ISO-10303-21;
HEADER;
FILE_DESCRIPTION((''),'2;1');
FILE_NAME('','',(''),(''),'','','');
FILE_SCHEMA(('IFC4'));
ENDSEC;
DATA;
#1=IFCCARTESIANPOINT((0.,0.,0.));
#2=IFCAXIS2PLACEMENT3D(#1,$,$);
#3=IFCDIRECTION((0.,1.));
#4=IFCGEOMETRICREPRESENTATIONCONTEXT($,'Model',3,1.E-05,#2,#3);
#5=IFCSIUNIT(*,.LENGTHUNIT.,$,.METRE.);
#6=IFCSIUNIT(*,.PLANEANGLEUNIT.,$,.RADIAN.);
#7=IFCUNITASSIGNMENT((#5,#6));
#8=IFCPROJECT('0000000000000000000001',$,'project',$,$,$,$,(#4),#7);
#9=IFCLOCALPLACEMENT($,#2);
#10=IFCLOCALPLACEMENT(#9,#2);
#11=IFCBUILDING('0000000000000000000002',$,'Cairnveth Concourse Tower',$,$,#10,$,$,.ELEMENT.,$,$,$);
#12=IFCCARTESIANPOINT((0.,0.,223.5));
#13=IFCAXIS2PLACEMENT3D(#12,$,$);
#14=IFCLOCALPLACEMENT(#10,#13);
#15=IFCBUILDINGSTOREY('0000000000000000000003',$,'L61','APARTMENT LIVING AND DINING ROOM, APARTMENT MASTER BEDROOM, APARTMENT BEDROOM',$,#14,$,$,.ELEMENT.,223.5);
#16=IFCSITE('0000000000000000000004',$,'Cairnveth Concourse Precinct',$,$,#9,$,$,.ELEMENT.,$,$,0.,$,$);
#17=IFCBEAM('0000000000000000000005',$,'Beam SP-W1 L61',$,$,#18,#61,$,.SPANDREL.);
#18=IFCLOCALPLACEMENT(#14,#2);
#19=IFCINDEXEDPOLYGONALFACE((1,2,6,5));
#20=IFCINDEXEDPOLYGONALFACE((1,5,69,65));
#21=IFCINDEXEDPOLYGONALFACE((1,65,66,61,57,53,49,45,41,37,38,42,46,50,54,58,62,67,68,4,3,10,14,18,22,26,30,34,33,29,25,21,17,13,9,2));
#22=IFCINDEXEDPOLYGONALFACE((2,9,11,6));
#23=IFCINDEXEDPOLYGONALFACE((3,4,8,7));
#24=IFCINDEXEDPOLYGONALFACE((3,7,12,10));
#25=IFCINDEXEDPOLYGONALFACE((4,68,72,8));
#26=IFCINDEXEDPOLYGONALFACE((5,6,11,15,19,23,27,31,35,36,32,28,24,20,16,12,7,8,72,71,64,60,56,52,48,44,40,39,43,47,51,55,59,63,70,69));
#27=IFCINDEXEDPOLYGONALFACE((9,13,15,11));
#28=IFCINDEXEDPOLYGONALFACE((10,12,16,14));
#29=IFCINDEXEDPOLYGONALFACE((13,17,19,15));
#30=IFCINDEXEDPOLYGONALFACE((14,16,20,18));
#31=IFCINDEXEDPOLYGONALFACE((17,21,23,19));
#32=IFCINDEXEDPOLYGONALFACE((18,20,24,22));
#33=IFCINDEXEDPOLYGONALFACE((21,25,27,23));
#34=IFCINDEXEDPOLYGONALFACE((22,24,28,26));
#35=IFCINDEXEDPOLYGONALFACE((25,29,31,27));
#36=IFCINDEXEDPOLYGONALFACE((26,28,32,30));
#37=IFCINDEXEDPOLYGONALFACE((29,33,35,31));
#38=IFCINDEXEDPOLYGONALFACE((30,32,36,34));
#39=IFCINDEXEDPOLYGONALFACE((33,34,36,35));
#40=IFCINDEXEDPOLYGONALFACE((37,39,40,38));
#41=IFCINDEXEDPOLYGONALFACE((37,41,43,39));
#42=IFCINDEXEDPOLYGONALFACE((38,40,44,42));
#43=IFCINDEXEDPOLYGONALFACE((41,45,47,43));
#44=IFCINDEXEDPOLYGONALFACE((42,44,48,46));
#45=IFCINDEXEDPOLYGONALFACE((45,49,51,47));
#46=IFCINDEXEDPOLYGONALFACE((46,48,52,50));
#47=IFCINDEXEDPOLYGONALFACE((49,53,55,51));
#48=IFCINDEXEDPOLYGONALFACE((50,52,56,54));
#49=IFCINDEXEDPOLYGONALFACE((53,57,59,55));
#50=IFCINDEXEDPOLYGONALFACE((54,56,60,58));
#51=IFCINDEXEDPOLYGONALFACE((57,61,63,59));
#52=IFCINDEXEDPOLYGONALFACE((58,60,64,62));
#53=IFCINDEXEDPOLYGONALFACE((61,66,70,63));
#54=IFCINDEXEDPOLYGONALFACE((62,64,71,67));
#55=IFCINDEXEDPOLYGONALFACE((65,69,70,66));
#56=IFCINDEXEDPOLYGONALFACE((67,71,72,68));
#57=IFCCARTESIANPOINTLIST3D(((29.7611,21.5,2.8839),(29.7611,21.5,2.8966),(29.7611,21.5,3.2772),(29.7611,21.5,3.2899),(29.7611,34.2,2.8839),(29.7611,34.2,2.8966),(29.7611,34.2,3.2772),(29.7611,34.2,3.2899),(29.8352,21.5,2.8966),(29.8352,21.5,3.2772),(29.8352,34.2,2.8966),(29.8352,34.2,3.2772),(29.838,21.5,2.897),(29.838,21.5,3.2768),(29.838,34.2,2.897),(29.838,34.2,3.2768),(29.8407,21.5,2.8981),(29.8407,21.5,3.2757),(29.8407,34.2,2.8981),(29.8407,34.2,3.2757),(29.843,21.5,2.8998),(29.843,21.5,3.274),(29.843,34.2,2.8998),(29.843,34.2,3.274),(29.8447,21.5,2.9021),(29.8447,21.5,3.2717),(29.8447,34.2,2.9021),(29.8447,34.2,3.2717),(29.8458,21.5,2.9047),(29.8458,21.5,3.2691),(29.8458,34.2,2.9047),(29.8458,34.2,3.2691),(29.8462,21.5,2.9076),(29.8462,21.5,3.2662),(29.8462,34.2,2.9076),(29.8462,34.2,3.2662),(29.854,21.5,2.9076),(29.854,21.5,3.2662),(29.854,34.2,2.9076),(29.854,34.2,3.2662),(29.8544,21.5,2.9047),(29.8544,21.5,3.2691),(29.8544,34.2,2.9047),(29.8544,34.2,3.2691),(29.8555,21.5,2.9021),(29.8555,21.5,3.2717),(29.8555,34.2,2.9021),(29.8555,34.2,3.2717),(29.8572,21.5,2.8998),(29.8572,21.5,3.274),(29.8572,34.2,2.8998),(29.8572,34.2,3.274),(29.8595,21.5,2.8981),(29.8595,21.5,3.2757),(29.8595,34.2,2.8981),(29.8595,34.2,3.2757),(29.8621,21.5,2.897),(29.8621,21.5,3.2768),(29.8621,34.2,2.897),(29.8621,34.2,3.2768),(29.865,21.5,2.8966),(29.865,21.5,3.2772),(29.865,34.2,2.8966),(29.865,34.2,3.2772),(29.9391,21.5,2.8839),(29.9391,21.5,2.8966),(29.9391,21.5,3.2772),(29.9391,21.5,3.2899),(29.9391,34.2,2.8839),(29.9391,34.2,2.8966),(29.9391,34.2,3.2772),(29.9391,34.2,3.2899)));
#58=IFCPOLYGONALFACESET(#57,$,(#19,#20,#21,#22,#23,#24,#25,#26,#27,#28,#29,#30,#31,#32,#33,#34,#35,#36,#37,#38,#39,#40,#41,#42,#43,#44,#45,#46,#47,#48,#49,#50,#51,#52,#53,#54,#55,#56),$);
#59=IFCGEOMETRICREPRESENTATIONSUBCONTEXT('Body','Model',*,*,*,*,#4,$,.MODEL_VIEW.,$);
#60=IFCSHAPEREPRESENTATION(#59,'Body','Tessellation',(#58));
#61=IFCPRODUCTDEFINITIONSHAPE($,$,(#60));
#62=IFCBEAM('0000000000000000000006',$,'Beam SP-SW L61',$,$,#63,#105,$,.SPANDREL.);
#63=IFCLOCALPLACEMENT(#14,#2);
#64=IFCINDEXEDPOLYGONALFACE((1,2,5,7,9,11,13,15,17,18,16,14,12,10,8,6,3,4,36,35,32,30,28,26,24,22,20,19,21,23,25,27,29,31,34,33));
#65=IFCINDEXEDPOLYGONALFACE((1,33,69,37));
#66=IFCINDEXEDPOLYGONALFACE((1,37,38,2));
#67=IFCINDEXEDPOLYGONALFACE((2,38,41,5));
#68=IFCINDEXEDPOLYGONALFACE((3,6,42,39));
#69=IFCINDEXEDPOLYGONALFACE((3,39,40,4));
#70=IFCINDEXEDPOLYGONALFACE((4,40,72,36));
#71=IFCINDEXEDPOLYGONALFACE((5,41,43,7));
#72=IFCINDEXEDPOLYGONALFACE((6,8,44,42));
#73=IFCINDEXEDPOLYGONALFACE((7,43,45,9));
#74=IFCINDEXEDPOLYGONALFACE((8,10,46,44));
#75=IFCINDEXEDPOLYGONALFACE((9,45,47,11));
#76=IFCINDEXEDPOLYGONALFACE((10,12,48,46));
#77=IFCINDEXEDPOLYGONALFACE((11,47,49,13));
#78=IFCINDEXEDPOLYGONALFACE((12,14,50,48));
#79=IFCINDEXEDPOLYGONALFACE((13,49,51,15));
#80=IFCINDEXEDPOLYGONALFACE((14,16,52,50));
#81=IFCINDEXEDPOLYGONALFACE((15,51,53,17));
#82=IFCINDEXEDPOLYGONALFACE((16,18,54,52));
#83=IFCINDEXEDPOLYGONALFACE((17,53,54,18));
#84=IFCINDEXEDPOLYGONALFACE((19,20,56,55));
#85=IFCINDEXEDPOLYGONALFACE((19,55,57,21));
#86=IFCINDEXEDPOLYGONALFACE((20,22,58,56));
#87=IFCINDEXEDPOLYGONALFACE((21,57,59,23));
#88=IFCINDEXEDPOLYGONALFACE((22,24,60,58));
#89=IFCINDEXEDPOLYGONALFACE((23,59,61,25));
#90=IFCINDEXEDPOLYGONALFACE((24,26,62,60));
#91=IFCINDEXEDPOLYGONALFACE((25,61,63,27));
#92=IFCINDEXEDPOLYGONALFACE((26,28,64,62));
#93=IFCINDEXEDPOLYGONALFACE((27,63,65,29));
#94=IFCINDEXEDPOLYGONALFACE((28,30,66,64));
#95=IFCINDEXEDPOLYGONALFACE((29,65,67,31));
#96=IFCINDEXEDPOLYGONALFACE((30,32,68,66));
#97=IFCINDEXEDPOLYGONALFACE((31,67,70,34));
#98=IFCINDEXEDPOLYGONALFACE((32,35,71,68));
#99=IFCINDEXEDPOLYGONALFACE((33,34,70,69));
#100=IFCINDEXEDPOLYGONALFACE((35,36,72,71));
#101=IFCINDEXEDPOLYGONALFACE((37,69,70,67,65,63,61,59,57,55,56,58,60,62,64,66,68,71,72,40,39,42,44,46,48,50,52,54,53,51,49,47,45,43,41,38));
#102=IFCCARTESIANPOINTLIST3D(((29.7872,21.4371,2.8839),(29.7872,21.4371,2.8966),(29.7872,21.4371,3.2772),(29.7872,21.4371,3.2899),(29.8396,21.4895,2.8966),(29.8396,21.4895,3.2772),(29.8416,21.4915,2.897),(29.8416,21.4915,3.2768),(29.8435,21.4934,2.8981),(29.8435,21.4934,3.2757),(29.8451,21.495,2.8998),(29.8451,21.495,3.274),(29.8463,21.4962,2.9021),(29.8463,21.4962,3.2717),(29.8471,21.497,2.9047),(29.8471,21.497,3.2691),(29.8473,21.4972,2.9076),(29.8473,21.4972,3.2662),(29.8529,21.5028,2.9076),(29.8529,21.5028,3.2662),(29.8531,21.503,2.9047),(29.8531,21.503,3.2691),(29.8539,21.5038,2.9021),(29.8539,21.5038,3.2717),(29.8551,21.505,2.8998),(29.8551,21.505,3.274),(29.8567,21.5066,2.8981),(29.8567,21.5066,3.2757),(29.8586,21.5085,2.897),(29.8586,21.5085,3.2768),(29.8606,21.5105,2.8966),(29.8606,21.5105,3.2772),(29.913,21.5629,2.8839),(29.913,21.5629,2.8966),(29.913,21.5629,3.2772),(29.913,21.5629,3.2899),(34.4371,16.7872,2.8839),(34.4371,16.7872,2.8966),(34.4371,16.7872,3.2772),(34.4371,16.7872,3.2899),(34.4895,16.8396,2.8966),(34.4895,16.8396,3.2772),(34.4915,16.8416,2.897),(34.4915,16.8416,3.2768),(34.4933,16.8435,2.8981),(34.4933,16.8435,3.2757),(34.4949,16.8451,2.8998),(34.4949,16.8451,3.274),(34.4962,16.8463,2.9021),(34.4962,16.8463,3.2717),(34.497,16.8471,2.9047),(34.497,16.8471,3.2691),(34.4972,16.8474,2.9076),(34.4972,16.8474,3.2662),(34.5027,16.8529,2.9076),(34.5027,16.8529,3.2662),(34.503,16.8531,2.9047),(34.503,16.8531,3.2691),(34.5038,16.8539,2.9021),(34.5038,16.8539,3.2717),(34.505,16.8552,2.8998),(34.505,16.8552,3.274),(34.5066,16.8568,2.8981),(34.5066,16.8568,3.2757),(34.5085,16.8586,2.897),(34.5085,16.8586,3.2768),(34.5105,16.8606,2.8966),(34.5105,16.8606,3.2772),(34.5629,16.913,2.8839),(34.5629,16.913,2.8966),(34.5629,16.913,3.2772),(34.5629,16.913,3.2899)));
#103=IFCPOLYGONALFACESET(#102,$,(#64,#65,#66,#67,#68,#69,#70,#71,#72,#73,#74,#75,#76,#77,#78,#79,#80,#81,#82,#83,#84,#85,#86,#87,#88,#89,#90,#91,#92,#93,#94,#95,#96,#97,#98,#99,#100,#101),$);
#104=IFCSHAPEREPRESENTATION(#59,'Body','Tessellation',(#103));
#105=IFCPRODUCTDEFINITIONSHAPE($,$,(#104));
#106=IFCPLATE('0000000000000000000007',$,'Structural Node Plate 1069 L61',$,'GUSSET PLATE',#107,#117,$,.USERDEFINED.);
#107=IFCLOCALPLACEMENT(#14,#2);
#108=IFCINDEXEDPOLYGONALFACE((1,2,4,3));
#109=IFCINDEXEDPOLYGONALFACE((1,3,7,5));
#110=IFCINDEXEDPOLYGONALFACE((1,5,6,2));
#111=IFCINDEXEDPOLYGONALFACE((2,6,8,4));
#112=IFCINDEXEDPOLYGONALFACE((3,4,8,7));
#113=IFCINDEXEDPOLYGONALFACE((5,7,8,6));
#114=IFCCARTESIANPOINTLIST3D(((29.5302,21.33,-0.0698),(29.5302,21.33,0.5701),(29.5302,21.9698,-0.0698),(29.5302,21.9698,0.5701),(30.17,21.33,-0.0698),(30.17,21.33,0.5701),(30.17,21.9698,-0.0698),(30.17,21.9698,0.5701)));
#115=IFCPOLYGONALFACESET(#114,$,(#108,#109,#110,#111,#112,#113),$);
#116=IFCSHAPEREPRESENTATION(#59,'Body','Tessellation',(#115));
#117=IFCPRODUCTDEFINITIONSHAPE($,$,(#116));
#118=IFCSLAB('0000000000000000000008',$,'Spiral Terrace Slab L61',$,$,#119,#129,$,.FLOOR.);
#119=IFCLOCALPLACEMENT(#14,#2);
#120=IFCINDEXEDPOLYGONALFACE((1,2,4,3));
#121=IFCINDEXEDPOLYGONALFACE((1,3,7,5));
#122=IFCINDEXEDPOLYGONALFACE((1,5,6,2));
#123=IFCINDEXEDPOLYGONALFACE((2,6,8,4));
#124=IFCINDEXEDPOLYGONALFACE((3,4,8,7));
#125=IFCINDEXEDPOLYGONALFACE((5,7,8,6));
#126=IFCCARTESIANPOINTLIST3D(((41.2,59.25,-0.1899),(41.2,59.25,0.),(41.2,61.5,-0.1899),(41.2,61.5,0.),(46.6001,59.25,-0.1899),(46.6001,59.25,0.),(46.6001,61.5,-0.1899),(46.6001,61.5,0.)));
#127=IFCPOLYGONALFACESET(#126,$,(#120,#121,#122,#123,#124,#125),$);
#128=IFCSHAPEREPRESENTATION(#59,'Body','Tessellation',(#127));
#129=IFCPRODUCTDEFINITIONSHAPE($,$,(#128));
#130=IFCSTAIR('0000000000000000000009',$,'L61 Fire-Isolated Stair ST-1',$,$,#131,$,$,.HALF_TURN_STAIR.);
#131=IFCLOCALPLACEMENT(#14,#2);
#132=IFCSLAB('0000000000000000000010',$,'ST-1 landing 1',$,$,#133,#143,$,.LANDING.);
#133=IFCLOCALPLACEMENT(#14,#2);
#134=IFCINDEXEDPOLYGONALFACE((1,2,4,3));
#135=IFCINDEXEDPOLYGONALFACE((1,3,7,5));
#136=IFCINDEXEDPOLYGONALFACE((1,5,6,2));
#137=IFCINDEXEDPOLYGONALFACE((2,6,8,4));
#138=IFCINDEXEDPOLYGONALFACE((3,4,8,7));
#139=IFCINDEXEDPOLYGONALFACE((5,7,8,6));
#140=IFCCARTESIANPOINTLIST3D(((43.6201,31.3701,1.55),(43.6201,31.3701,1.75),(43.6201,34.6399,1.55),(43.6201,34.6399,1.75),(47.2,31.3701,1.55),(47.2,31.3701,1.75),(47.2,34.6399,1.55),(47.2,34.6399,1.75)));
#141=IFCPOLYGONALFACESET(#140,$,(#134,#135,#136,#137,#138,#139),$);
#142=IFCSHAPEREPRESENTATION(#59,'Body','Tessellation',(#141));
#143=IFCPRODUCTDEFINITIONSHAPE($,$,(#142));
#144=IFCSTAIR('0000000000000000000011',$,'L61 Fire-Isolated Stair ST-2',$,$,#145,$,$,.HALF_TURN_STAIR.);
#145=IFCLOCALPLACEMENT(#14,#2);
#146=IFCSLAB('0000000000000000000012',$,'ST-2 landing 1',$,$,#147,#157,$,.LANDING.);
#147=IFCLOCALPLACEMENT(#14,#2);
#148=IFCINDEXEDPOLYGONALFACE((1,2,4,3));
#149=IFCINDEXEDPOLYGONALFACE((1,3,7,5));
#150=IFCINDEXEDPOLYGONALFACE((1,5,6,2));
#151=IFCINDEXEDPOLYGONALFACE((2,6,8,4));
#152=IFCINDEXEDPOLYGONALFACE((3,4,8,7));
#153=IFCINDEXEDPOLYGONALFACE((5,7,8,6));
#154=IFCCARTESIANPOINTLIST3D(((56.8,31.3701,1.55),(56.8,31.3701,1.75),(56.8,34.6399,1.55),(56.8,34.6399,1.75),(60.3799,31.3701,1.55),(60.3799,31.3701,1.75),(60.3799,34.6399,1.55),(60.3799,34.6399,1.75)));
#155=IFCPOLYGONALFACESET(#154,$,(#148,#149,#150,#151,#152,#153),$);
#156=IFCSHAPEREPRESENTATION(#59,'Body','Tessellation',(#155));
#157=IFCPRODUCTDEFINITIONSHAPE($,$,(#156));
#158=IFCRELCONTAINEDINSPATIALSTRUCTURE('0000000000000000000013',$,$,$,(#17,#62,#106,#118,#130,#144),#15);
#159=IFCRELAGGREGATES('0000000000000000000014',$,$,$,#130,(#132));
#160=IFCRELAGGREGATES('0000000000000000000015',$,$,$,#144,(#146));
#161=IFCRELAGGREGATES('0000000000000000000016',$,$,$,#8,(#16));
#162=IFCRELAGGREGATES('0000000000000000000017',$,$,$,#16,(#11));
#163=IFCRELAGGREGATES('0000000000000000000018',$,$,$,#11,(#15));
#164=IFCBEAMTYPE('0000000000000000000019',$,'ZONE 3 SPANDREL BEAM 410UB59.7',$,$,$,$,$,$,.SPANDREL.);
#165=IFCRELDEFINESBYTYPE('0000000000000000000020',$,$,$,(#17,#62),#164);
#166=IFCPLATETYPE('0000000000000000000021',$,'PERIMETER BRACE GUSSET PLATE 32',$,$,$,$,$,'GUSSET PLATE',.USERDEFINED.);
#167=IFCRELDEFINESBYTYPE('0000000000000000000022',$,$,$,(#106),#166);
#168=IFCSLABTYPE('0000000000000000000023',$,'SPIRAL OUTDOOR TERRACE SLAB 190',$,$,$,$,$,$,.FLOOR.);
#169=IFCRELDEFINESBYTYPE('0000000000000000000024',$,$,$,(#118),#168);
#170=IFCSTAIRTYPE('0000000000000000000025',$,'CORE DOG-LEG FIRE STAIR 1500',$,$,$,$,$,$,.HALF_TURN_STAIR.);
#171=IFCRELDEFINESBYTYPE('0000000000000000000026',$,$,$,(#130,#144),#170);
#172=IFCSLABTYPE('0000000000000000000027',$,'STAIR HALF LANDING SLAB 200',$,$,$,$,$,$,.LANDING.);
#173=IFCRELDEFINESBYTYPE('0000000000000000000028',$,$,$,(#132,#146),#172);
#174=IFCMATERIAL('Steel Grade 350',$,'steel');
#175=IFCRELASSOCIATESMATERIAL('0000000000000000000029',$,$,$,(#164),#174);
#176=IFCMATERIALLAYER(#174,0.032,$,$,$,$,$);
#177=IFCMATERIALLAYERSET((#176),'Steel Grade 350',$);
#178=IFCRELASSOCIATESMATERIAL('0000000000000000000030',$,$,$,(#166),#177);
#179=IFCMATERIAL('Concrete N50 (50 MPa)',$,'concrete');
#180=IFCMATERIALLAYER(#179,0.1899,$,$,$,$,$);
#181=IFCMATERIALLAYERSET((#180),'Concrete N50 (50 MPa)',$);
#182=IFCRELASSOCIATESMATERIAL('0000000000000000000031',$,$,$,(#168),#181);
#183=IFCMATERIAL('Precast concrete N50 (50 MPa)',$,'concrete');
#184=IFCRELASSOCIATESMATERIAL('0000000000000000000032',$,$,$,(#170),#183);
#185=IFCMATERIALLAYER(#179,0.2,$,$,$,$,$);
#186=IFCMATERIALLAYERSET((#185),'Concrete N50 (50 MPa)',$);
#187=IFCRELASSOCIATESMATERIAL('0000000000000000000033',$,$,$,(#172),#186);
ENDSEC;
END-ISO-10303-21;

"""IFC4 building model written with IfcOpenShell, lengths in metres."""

from ifc_helpers import new_model, si_unit, direction, frame, origin, origin_2d, place, context, subcontext, project, spatial, polyline, rectangle, i_section, outline, extrude, material, layer, layer_set, material_profile, profile_set, type_object, element, aggregate, save


model = new_model("IFC4")

# Units and contexts
model_context = context("Model", 3, precision=1e-05, world=origin(), true_north=direction((0.0, 1.0)))
body_context = subcontext(model_context, "Body", "Model", "MODEL_VIEW")
ifc_project = project(units=[si_unit("LENGTHUNIT", "METRE"), si_unit("PLANEANGLEUNIT", "RADIAN")], contexts=[model_context])

# Site, building, storey
site_placement = place(None, origin())
site = spatial("IfcSite", under=ifc_project, at=site_placement, Name="Cairnveth Concourse Precinct", CompositionType="ELEMENT", RefElevation=0.0)
building_placement = place(site_placement, origin())
building = spatial("IfcBuilding", under=site, at=building_placement, Name="Cairnveth Concourse Tower", CompositionType="ELEMENT")
storey_placement = place(building_placement, frame((0.0, 0.0, 223.5)))
storey = spatial("IfcBuildingStorey", under=building, at=storey_placement, Name="L61", Description="APARTMENT LIVING AND DINING ROOM, APARTMENT MASTER BEDROOM, APARTMENT BEDROOM", CompositionType="ELEMENT", Elevation=223.5)

# Shared definitions
ifc_material_1 = material(Name="Steel Grade 350", Category="steel")

# Beams
ifc_material_profile_1 = material_profile(ifc_material_1, i_section(OverallWidth=0.178, OverallDepth=0.406, WebThickness=0.0078, FlangeThickness=0.0127, FilletRadius=0.011, at=origin_2d()), Name="410UB59.7")
ifc_profile_set_1 = profile_set([ifc_material_profile_1], Name="Steel Grade 350")
beam_type_1 = type_object("IfcBeamType", Name="ZONE 3 SPANDREL BEAM 410UB59.7", PredefinedType="SPANDREL", material=ifc_profile_set_1)
beam_1_placement = place(storey_placement, frame((29.8501, 21.5, 3.0869), z_axis=(0.0, 1.0, 0.0), x_axis=(-1.0, 0.0, 0.0)))
element("IfcBeam", 1, at=beam_1_placement, inside=storey, type_object=beam_type_1, Name="Beam SP-W1 L61", PredefinedType="SPANDREL", context=body_context, shape_type="SweptSolid", body=[
    extrude(i_section(OverallWidth=0.178, OverallDepth=0.406, WebThickness=0.0078, FlangeThickness=0.0127, FilletRadius=0.011, at=origin_2d()), origin(), (0.0, 0.0, 1.0), 12.7),
])
beam_2_placement = place(storey_placement, frame((29.8501, 21.5, 3.0869), z_axis=(0.707107, -0.707107, 0.0), x_axis=(0.707107, 0.707107, 0.0)))
element("IfcBeam", 2, at=beam_2_placement, inside=storey, type_object=beam_type_1, Name="Beam SP-SW L61", PredefinedType="SPANDREL", context=body_context, shape_type="SweptSolid", body=[
    extrude(i_section(OverallWidth=0.178, OverallDepth=0.406, WebThickness=0.0078, FlangeThickness=0.0127, FilletRadius=0.011, at=origin_2d()), origin(), (0.0, 0.0, 1.0), 6.5759),
])

# Plate
ifc_layer_1 = layer(ifc_material_1, 0.032)
ifc_layer_set_1 = layer_set([ifc_layer_1], Name="Steel Grade 350")
plate_type = type_object("IfcPlateType", Name="PERIMETER BRACE GUSSET PLATE 32", ElementType="GUSSET PLATE", PredefinedType="USERDEFINED", material=ifc_layer_set_1)
plate_placement = place(storey_placement, frame((29.8501, 21.6499, -0.0698), z_axis=(0.0, 0.0, 1.0), x_axis=(1.0, 0.0, 0.0)))
element("IfcPlate", 3, at=plate_placement, inside=storey, type_object=plate_type, Name="Structural Node Plate 1069 L61", ObjectType="GUSSET PLATE", PredefinedType="USERDEFINED", context=body_context, shape_type="SweptSolid", body=[
    extrude(rectangle(XDim=0.6399, YDim=0.6399, at=origin_2d()), origin(), (0.0, 0.0, 1.0), 0.6399),
])

# Slab
ifc_material_2 = material(Name="Concrete N50 (50 MPa)", Category="concrete")
ifc_layer_2 = layer(ifc_material_2, 0.1899)
ifc_layer_set_2 = layer_set([ifc_layer_2], Name="Concrete N50 (50 MPa)")
slab_type_1 = type_object("IfcSlabType", Name="SPIRAL OUTDOOR TERRACE SLAB 190", PredefinedType="FLOOR", material=ifc_layer_set_2)
slab_1_placement = place(storey_placement, frame((0.0, 0.0, -0.1899)))
element("IfcSlab", 4, at=slab_1_placement, inside=storey, type_object=slab_type_1, Name="Spiral Terrace Slab L61", PredefinedType="FLOOR", context=body_context, shape_type="SweptSolid", body=[
    extrude(outline(polyline([(41.2, 59.25), (46.6001, 59.25), (46.6001, 61.5), (41.2, 61.5), (41.2, 59.25)])), origin(), (0.0, 0.0, 1.0), 0.1899),
])

# Stairs, slabs
ifc_material_3 = material(Name="Precast concrete N50 (50 MPa)", Category="concrete")
stair_type = type_object("IfcStairType", Name="CORE DOG-LEG FIRE STAIR 1500", PredefinedType="HALF_TURN_STAIR", material=ifc_material_3)
stair_1_placement = place(storey_placement, origin())
stair_1 = element("IfcStair", 5, at=stair_1_placement, inside=storey, type_object=stair_type, Name="L61 Fire-Isolated Stair ST-1", PredefinedType="HALF_TURN_STAIR")
ifc_layer_3 = layer(ifc_material_2, 0.2)
ifc_layer_set_3 = layer_set([ifc_layer_3], Name="Concrete N50 (50 MPa)")
slab_type_2 = type_object("IfcSlabType", Name="STAIR HALF LANDING SLAB 200", PredefinedType="LANDING", material=ifc_layer_set_3)
slab_2_placement = place(storey_placement, frame((0.0, 0.0, 1.55)))
slab_2 = element("IfcSlab", 6, at=slab_2_placement, type_object=slab_type_2, Name="ST-1 landing 1", PredefinedType="LANDING", context=body_context, shape_type="SweptSolid", body=[
    extrude(outline(polyline([(43.6201, 34.6399), (43.6201, 31.3701), (47.2, 31.3701), (47.2, 34.6399), (43.6201, 34.6399)])), origin(), (0.0, 0.0, 1.0), 0.2),
])
aggregate(stair_1, [slab_2])
stair_2_placement = place(storey_placement, origin())
stair_2 = element("IfcStair", 7, at=stair_2_placement, inside=storey, type_object=stair_type, Name="L61 Fire-Isolated Stair ST-2", PredefinedType="HALF_TURN_STAIR")
slab_3_placement = place(storey_placement, frame((0.0, 0.0, 1.55)))
slab_3 = element("IfcSlab", 8, at=slab_3_placement, type_object=slab_type_2, Name="ST-2 landing 1", PredefinedType="LANDING", context=body_context, shape_type="SweptSolid", body=[
    extrude(outline(polyline([(56.8, 34.6399), (56.8, 31.3701), (60.3799, 31.3701), (60.3799, 34.6399), (56.8, 34.6399)])), origin(), (0.0, 0.0, 1.0), 0.2),
])
aggregate(stair_2, [slab_3])

save(model, "model.ifc")
